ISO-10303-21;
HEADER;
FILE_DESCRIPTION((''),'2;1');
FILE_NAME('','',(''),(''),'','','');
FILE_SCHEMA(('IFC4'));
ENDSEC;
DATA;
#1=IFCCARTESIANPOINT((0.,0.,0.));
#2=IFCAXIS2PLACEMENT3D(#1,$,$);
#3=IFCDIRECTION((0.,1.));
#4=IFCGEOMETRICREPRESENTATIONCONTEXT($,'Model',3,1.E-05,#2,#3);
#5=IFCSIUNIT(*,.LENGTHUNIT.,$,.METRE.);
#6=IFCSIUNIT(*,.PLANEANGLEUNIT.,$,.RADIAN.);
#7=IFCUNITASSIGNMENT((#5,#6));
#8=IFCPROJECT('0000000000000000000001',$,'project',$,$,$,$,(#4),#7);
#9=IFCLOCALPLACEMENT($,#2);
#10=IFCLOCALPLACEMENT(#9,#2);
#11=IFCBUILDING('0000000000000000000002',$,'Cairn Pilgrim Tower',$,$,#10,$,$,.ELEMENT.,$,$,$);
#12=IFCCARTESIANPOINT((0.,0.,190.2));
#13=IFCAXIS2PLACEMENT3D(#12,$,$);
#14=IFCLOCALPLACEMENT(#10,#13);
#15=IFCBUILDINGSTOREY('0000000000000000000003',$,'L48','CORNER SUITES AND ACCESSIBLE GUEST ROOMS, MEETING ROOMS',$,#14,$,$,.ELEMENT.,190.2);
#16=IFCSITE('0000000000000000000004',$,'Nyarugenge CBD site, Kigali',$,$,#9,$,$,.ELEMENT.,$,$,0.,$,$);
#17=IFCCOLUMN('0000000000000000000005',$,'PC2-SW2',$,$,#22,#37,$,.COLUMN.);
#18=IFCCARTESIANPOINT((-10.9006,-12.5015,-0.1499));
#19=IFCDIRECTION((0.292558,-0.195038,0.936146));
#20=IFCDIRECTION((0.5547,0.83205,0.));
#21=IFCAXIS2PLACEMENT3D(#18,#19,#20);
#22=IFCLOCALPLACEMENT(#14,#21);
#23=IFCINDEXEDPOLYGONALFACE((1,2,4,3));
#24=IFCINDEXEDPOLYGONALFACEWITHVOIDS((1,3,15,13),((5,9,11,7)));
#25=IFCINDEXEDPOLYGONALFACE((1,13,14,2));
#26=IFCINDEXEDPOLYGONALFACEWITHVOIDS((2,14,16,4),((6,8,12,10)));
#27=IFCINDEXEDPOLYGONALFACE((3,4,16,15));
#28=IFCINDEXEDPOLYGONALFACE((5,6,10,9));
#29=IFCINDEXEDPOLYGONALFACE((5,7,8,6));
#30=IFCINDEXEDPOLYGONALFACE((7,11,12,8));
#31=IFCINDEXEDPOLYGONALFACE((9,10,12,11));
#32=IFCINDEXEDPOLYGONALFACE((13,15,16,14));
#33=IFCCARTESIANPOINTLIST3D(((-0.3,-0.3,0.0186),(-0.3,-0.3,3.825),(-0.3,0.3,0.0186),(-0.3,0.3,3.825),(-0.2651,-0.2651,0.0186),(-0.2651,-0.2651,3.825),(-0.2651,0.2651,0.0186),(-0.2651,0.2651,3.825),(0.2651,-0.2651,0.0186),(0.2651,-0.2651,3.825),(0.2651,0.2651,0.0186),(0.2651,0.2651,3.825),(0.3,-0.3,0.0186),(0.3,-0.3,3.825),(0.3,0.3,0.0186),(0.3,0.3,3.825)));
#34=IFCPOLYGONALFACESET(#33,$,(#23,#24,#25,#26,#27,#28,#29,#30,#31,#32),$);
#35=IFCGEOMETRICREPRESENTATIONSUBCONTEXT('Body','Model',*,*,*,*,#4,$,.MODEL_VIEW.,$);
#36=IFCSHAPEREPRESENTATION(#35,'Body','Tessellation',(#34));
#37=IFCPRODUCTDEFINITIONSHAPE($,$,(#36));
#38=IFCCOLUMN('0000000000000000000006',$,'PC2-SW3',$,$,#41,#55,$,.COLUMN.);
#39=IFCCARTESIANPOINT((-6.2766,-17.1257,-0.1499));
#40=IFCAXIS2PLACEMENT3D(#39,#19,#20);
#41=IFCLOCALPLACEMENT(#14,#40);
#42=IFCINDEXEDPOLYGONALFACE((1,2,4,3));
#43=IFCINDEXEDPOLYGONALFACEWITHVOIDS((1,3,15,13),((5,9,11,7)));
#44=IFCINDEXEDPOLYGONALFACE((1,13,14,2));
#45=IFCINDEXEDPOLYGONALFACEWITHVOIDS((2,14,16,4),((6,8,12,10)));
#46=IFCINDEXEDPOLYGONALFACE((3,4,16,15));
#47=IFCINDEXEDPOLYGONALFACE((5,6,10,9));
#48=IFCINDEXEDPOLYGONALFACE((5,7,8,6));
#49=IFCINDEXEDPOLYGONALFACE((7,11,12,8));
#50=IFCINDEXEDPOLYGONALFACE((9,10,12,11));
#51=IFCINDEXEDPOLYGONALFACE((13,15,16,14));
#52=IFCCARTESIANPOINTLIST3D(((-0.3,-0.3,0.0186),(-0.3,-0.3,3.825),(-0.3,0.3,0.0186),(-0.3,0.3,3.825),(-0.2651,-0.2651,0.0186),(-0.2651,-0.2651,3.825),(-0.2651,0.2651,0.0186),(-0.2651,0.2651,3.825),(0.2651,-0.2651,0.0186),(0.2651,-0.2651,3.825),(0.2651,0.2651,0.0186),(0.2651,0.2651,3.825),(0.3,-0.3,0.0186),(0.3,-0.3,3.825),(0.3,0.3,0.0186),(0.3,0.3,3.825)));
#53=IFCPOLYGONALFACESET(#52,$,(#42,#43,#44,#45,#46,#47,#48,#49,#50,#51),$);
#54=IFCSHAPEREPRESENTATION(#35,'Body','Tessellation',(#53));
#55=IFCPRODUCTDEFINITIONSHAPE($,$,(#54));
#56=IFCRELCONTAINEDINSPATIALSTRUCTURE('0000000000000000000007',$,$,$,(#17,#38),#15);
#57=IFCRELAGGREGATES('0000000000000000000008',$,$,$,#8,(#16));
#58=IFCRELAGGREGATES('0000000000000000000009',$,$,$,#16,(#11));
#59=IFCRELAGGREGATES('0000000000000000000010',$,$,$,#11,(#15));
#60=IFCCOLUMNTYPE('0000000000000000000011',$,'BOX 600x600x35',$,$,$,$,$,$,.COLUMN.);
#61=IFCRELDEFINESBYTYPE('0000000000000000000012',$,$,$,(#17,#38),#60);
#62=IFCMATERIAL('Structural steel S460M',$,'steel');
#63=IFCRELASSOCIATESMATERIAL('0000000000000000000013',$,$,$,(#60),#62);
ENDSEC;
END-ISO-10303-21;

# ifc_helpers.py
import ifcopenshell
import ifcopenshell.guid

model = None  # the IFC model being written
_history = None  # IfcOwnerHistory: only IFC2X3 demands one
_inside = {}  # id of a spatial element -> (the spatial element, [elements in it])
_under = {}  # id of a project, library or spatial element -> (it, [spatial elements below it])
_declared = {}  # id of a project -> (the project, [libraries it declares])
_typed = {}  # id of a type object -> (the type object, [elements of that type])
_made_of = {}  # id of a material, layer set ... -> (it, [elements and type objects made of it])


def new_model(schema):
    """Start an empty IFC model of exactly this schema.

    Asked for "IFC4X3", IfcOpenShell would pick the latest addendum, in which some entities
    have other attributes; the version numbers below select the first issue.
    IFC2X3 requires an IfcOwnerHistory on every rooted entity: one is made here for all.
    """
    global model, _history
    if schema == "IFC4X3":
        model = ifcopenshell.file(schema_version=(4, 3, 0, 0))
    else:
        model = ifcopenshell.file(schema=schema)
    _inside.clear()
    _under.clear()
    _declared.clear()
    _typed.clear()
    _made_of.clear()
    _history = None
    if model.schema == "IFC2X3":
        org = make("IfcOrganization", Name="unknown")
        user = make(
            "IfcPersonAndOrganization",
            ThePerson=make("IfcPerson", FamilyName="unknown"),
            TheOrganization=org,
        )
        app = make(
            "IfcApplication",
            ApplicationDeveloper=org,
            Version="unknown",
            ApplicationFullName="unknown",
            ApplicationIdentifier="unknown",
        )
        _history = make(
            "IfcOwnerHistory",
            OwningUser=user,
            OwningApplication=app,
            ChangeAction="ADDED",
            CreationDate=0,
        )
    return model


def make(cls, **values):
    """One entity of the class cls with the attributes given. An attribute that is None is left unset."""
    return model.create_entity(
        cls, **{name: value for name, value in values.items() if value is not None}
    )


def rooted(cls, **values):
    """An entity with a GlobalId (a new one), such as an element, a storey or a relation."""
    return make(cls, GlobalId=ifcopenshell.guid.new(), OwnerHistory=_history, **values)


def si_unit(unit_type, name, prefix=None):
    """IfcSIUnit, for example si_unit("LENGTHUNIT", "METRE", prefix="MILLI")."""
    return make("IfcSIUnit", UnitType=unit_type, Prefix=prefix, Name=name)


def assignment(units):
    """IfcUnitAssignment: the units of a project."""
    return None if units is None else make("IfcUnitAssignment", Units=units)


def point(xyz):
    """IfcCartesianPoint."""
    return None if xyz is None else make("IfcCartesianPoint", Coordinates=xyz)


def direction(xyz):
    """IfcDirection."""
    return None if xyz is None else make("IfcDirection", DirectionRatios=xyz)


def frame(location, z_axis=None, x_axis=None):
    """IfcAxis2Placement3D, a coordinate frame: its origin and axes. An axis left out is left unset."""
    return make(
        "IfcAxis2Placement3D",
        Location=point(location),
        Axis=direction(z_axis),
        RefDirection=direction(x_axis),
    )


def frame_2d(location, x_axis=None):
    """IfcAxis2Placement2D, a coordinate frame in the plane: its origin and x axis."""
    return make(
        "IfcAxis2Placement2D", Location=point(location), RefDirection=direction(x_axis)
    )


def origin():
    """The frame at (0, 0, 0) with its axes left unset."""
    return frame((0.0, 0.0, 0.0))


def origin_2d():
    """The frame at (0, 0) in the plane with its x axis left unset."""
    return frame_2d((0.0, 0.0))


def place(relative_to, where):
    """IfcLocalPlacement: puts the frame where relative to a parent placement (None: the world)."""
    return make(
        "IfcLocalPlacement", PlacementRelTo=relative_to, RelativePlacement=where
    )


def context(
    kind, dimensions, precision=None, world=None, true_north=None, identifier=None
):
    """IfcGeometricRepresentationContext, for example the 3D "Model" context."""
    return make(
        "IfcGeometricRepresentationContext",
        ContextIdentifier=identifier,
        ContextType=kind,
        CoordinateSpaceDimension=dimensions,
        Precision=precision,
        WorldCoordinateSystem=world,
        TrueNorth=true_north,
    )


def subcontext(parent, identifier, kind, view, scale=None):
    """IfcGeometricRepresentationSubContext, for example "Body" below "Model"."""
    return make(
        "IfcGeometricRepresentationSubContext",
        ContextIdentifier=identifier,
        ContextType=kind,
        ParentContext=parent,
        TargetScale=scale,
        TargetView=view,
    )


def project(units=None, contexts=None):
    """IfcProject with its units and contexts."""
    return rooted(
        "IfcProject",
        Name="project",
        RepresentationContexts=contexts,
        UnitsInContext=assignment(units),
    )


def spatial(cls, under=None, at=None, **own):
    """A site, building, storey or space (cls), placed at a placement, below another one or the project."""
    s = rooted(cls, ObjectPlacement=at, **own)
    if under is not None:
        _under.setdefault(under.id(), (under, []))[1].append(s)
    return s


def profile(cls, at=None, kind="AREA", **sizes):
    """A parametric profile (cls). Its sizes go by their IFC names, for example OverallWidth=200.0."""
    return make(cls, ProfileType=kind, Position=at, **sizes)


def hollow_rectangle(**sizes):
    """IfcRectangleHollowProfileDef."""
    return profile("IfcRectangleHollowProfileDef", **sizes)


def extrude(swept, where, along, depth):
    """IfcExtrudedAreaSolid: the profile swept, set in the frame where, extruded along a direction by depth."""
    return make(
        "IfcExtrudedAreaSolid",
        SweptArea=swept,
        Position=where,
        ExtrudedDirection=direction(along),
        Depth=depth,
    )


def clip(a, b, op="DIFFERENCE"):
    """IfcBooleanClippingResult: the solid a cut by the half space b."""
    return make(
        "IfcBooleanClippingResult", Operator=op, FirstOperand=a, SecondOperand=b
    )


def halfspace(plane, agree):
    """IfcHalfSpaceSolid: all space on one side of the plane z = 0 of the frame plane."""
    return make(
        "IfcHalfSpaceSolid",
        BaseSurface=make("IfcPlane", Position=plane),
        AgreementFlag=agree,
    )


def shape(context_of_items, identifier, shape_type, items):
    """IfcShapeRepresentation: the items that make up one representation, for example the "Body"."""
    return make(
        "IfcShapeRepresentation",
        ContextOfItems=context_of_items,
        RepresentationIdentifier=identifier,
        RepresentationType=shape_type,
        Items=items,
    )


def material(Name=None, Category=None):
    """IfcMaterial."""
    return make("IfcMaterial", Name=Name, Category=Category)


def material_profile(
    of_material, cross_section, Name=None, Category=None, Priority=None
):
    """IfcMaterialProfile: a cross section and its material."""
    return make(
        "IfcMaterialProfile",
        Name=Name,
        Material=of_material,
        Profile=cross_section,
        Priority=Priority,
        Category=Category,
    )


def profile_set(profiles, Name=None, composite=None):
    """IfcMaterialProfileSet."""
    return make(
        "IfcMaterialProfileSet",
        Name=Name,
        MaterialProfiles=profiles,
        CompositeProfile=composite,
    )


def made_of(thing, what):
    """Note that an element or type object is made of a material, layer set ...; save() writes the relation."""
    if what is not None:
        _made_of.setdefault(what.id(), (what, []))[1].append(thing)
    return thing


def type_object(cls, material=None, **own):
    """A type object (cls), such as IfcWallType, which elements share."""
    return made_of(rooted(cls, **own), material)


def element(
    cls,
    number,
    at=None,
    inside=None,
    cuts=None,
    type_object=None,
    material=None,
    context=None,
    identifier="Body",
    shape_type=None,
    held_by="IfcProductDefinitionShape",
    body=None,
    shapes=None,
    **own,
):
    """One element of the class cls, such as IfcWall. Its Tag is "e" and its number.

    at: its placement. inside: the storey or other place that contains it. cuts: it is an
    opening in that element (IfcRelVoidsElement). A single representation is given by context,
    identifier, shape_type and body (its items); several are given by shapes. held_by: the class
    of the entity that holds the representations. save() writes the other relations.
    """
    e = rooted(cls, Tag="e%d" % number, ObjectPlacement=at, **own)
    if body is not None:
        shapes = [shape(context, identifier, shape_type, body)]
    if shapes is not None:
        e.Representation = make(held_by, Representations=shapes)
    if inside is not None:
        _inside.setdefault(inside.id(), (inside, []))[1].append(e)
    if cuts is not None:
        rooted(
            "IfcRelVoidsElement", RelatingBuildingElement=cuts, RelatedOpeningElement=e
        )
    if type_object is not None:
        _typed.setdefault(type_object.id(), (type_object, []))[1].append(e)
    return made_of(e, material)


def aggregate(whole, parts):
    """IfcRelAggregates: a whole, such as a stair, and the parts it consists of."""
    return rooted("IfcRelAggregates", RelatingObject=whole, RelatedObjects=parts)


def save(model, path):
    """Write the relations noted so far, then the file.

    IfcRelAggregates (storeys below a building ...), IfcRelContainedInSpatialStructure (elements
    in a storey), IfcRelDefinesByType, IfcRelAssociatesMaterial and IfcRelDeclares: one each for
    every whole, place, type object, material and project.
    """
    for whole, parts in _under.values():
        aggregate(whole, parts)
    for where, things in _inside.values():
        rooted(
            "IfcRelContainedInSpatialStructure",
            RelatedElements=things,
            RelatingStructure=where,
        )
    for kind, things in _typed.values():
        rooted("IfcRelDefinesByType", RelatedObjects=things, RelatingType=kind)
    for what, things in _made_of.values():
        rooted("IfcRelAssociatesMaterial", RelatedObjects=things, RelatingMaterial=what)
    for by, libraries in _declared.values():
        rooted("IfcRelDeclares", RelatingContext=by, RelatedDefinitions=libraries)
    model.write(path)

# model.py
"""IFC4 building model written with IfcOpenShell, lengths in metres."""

from ifc_helpers import new_model, si_unit, direction, frame, origin, origin_2d, place, context, subcontext, project, spatial, hollow_rectangle, extrude, clip, halfspace, material, material_profile, profile_set, type_object, element, save


model = new_model("IFC4")

# Units and contexts
model_context = context("Model", 3, precision=1e-05, world=origin(), true_north=direction((0.0, 1.0)))
body_context = subcontext(model_context, "Body", "Model", "MODEL_VIEW")
ifc_project = project(units=[si_unit("LENGTHUNIT", "METRE"), si_unit("PLANEANGLEUNIT", "RADIAN")], contexts=[model_context])

# Site, building, storey
site_placement = place(None, origin())
site = spatial("IfcSite", under=ifc_project, at=site_placement, Name="Nyarugenge CBD site, Kigali", CompositionType="ELEMENT", RefElevation=0.0)
building_placement = place(site_placement, origin())
building = spatial("IfcBuilding", under=site, at=building_placement, Name="Cairn Pilgrim Tower", CompositionType="ELEMENT")
storey_placement = place(building_placement, frame((0.0, 0.0, 190.2)))
storey = spatial("IfcBuildingStorey", under=building, at=storey_placement, Name="L48", Description="CORNER SUITES AND ACCESSIBLE GUEST ROOMS, MEETING ROOMS", CompositionType="ELEMENT", Elevation=190.2)

# Columns
ifc_material_1 = material(Name="Structural steel S460M", Category="steel")
ifc_material_profile_1 = material_profile(ifc_material_1, hollow_rectangle(XDim=0.6001, YDim=0.6001, WallThickness=0.0349, at=origin_2d()), Name="BOX 600x600x35")
ifc_profile_set_1 = profile_set([ifc_material_profile_1], Name="Structural steel S460M")
column_type = type_object("IfcColumnType", Name="BOX 600x600x35", PredefinedType="COLUMN", material=ifc_profile_set_1)
for number, where, z_axis, x_axis, name in (
    (1, (-10.9006, -12.5015, -0.1499), (0.292558, -0.195038, 0.936146), (0.5547, 0.83205, 0.0), "PC2-SW2"),
    (2, (-6.2766, -17.1257, -0.1499), (0.292558, -0.195038, 0.936146), (0.5547, 0.83205, 0.0), "PC2-SW3"),
):
    element("IfcColumn", number, at=place(storey_placement, frame(where, z_axis=z_axis, x_axis=x_axis)), inside=storey, type_object=column_type, Name=name, PredefinedType="COLUMN", context=body_context, shape_type="Clipping", body=[
        clip(clip(extrude(hollow_rectangle(XDim=0.6001, YDim=0.6001, WallThickness=0.0349, at=origin_2d()), origin(), (0.0, 0.0, 1.0), 3.8455), halfspace(frame((0.0, 0.0, 0.0186), z_axis=(0.0, 0.0, 1.0), x_axis=(1.0, 0.0, 0.0)), True)), halfspace(frame((0.0, 0.0, 3.825), z_axis=(0.0, 0.0, 1.0), x_axis=(1.0, 0.0, 0.0)), False)),
    ])

save(model, "model.ifc")
